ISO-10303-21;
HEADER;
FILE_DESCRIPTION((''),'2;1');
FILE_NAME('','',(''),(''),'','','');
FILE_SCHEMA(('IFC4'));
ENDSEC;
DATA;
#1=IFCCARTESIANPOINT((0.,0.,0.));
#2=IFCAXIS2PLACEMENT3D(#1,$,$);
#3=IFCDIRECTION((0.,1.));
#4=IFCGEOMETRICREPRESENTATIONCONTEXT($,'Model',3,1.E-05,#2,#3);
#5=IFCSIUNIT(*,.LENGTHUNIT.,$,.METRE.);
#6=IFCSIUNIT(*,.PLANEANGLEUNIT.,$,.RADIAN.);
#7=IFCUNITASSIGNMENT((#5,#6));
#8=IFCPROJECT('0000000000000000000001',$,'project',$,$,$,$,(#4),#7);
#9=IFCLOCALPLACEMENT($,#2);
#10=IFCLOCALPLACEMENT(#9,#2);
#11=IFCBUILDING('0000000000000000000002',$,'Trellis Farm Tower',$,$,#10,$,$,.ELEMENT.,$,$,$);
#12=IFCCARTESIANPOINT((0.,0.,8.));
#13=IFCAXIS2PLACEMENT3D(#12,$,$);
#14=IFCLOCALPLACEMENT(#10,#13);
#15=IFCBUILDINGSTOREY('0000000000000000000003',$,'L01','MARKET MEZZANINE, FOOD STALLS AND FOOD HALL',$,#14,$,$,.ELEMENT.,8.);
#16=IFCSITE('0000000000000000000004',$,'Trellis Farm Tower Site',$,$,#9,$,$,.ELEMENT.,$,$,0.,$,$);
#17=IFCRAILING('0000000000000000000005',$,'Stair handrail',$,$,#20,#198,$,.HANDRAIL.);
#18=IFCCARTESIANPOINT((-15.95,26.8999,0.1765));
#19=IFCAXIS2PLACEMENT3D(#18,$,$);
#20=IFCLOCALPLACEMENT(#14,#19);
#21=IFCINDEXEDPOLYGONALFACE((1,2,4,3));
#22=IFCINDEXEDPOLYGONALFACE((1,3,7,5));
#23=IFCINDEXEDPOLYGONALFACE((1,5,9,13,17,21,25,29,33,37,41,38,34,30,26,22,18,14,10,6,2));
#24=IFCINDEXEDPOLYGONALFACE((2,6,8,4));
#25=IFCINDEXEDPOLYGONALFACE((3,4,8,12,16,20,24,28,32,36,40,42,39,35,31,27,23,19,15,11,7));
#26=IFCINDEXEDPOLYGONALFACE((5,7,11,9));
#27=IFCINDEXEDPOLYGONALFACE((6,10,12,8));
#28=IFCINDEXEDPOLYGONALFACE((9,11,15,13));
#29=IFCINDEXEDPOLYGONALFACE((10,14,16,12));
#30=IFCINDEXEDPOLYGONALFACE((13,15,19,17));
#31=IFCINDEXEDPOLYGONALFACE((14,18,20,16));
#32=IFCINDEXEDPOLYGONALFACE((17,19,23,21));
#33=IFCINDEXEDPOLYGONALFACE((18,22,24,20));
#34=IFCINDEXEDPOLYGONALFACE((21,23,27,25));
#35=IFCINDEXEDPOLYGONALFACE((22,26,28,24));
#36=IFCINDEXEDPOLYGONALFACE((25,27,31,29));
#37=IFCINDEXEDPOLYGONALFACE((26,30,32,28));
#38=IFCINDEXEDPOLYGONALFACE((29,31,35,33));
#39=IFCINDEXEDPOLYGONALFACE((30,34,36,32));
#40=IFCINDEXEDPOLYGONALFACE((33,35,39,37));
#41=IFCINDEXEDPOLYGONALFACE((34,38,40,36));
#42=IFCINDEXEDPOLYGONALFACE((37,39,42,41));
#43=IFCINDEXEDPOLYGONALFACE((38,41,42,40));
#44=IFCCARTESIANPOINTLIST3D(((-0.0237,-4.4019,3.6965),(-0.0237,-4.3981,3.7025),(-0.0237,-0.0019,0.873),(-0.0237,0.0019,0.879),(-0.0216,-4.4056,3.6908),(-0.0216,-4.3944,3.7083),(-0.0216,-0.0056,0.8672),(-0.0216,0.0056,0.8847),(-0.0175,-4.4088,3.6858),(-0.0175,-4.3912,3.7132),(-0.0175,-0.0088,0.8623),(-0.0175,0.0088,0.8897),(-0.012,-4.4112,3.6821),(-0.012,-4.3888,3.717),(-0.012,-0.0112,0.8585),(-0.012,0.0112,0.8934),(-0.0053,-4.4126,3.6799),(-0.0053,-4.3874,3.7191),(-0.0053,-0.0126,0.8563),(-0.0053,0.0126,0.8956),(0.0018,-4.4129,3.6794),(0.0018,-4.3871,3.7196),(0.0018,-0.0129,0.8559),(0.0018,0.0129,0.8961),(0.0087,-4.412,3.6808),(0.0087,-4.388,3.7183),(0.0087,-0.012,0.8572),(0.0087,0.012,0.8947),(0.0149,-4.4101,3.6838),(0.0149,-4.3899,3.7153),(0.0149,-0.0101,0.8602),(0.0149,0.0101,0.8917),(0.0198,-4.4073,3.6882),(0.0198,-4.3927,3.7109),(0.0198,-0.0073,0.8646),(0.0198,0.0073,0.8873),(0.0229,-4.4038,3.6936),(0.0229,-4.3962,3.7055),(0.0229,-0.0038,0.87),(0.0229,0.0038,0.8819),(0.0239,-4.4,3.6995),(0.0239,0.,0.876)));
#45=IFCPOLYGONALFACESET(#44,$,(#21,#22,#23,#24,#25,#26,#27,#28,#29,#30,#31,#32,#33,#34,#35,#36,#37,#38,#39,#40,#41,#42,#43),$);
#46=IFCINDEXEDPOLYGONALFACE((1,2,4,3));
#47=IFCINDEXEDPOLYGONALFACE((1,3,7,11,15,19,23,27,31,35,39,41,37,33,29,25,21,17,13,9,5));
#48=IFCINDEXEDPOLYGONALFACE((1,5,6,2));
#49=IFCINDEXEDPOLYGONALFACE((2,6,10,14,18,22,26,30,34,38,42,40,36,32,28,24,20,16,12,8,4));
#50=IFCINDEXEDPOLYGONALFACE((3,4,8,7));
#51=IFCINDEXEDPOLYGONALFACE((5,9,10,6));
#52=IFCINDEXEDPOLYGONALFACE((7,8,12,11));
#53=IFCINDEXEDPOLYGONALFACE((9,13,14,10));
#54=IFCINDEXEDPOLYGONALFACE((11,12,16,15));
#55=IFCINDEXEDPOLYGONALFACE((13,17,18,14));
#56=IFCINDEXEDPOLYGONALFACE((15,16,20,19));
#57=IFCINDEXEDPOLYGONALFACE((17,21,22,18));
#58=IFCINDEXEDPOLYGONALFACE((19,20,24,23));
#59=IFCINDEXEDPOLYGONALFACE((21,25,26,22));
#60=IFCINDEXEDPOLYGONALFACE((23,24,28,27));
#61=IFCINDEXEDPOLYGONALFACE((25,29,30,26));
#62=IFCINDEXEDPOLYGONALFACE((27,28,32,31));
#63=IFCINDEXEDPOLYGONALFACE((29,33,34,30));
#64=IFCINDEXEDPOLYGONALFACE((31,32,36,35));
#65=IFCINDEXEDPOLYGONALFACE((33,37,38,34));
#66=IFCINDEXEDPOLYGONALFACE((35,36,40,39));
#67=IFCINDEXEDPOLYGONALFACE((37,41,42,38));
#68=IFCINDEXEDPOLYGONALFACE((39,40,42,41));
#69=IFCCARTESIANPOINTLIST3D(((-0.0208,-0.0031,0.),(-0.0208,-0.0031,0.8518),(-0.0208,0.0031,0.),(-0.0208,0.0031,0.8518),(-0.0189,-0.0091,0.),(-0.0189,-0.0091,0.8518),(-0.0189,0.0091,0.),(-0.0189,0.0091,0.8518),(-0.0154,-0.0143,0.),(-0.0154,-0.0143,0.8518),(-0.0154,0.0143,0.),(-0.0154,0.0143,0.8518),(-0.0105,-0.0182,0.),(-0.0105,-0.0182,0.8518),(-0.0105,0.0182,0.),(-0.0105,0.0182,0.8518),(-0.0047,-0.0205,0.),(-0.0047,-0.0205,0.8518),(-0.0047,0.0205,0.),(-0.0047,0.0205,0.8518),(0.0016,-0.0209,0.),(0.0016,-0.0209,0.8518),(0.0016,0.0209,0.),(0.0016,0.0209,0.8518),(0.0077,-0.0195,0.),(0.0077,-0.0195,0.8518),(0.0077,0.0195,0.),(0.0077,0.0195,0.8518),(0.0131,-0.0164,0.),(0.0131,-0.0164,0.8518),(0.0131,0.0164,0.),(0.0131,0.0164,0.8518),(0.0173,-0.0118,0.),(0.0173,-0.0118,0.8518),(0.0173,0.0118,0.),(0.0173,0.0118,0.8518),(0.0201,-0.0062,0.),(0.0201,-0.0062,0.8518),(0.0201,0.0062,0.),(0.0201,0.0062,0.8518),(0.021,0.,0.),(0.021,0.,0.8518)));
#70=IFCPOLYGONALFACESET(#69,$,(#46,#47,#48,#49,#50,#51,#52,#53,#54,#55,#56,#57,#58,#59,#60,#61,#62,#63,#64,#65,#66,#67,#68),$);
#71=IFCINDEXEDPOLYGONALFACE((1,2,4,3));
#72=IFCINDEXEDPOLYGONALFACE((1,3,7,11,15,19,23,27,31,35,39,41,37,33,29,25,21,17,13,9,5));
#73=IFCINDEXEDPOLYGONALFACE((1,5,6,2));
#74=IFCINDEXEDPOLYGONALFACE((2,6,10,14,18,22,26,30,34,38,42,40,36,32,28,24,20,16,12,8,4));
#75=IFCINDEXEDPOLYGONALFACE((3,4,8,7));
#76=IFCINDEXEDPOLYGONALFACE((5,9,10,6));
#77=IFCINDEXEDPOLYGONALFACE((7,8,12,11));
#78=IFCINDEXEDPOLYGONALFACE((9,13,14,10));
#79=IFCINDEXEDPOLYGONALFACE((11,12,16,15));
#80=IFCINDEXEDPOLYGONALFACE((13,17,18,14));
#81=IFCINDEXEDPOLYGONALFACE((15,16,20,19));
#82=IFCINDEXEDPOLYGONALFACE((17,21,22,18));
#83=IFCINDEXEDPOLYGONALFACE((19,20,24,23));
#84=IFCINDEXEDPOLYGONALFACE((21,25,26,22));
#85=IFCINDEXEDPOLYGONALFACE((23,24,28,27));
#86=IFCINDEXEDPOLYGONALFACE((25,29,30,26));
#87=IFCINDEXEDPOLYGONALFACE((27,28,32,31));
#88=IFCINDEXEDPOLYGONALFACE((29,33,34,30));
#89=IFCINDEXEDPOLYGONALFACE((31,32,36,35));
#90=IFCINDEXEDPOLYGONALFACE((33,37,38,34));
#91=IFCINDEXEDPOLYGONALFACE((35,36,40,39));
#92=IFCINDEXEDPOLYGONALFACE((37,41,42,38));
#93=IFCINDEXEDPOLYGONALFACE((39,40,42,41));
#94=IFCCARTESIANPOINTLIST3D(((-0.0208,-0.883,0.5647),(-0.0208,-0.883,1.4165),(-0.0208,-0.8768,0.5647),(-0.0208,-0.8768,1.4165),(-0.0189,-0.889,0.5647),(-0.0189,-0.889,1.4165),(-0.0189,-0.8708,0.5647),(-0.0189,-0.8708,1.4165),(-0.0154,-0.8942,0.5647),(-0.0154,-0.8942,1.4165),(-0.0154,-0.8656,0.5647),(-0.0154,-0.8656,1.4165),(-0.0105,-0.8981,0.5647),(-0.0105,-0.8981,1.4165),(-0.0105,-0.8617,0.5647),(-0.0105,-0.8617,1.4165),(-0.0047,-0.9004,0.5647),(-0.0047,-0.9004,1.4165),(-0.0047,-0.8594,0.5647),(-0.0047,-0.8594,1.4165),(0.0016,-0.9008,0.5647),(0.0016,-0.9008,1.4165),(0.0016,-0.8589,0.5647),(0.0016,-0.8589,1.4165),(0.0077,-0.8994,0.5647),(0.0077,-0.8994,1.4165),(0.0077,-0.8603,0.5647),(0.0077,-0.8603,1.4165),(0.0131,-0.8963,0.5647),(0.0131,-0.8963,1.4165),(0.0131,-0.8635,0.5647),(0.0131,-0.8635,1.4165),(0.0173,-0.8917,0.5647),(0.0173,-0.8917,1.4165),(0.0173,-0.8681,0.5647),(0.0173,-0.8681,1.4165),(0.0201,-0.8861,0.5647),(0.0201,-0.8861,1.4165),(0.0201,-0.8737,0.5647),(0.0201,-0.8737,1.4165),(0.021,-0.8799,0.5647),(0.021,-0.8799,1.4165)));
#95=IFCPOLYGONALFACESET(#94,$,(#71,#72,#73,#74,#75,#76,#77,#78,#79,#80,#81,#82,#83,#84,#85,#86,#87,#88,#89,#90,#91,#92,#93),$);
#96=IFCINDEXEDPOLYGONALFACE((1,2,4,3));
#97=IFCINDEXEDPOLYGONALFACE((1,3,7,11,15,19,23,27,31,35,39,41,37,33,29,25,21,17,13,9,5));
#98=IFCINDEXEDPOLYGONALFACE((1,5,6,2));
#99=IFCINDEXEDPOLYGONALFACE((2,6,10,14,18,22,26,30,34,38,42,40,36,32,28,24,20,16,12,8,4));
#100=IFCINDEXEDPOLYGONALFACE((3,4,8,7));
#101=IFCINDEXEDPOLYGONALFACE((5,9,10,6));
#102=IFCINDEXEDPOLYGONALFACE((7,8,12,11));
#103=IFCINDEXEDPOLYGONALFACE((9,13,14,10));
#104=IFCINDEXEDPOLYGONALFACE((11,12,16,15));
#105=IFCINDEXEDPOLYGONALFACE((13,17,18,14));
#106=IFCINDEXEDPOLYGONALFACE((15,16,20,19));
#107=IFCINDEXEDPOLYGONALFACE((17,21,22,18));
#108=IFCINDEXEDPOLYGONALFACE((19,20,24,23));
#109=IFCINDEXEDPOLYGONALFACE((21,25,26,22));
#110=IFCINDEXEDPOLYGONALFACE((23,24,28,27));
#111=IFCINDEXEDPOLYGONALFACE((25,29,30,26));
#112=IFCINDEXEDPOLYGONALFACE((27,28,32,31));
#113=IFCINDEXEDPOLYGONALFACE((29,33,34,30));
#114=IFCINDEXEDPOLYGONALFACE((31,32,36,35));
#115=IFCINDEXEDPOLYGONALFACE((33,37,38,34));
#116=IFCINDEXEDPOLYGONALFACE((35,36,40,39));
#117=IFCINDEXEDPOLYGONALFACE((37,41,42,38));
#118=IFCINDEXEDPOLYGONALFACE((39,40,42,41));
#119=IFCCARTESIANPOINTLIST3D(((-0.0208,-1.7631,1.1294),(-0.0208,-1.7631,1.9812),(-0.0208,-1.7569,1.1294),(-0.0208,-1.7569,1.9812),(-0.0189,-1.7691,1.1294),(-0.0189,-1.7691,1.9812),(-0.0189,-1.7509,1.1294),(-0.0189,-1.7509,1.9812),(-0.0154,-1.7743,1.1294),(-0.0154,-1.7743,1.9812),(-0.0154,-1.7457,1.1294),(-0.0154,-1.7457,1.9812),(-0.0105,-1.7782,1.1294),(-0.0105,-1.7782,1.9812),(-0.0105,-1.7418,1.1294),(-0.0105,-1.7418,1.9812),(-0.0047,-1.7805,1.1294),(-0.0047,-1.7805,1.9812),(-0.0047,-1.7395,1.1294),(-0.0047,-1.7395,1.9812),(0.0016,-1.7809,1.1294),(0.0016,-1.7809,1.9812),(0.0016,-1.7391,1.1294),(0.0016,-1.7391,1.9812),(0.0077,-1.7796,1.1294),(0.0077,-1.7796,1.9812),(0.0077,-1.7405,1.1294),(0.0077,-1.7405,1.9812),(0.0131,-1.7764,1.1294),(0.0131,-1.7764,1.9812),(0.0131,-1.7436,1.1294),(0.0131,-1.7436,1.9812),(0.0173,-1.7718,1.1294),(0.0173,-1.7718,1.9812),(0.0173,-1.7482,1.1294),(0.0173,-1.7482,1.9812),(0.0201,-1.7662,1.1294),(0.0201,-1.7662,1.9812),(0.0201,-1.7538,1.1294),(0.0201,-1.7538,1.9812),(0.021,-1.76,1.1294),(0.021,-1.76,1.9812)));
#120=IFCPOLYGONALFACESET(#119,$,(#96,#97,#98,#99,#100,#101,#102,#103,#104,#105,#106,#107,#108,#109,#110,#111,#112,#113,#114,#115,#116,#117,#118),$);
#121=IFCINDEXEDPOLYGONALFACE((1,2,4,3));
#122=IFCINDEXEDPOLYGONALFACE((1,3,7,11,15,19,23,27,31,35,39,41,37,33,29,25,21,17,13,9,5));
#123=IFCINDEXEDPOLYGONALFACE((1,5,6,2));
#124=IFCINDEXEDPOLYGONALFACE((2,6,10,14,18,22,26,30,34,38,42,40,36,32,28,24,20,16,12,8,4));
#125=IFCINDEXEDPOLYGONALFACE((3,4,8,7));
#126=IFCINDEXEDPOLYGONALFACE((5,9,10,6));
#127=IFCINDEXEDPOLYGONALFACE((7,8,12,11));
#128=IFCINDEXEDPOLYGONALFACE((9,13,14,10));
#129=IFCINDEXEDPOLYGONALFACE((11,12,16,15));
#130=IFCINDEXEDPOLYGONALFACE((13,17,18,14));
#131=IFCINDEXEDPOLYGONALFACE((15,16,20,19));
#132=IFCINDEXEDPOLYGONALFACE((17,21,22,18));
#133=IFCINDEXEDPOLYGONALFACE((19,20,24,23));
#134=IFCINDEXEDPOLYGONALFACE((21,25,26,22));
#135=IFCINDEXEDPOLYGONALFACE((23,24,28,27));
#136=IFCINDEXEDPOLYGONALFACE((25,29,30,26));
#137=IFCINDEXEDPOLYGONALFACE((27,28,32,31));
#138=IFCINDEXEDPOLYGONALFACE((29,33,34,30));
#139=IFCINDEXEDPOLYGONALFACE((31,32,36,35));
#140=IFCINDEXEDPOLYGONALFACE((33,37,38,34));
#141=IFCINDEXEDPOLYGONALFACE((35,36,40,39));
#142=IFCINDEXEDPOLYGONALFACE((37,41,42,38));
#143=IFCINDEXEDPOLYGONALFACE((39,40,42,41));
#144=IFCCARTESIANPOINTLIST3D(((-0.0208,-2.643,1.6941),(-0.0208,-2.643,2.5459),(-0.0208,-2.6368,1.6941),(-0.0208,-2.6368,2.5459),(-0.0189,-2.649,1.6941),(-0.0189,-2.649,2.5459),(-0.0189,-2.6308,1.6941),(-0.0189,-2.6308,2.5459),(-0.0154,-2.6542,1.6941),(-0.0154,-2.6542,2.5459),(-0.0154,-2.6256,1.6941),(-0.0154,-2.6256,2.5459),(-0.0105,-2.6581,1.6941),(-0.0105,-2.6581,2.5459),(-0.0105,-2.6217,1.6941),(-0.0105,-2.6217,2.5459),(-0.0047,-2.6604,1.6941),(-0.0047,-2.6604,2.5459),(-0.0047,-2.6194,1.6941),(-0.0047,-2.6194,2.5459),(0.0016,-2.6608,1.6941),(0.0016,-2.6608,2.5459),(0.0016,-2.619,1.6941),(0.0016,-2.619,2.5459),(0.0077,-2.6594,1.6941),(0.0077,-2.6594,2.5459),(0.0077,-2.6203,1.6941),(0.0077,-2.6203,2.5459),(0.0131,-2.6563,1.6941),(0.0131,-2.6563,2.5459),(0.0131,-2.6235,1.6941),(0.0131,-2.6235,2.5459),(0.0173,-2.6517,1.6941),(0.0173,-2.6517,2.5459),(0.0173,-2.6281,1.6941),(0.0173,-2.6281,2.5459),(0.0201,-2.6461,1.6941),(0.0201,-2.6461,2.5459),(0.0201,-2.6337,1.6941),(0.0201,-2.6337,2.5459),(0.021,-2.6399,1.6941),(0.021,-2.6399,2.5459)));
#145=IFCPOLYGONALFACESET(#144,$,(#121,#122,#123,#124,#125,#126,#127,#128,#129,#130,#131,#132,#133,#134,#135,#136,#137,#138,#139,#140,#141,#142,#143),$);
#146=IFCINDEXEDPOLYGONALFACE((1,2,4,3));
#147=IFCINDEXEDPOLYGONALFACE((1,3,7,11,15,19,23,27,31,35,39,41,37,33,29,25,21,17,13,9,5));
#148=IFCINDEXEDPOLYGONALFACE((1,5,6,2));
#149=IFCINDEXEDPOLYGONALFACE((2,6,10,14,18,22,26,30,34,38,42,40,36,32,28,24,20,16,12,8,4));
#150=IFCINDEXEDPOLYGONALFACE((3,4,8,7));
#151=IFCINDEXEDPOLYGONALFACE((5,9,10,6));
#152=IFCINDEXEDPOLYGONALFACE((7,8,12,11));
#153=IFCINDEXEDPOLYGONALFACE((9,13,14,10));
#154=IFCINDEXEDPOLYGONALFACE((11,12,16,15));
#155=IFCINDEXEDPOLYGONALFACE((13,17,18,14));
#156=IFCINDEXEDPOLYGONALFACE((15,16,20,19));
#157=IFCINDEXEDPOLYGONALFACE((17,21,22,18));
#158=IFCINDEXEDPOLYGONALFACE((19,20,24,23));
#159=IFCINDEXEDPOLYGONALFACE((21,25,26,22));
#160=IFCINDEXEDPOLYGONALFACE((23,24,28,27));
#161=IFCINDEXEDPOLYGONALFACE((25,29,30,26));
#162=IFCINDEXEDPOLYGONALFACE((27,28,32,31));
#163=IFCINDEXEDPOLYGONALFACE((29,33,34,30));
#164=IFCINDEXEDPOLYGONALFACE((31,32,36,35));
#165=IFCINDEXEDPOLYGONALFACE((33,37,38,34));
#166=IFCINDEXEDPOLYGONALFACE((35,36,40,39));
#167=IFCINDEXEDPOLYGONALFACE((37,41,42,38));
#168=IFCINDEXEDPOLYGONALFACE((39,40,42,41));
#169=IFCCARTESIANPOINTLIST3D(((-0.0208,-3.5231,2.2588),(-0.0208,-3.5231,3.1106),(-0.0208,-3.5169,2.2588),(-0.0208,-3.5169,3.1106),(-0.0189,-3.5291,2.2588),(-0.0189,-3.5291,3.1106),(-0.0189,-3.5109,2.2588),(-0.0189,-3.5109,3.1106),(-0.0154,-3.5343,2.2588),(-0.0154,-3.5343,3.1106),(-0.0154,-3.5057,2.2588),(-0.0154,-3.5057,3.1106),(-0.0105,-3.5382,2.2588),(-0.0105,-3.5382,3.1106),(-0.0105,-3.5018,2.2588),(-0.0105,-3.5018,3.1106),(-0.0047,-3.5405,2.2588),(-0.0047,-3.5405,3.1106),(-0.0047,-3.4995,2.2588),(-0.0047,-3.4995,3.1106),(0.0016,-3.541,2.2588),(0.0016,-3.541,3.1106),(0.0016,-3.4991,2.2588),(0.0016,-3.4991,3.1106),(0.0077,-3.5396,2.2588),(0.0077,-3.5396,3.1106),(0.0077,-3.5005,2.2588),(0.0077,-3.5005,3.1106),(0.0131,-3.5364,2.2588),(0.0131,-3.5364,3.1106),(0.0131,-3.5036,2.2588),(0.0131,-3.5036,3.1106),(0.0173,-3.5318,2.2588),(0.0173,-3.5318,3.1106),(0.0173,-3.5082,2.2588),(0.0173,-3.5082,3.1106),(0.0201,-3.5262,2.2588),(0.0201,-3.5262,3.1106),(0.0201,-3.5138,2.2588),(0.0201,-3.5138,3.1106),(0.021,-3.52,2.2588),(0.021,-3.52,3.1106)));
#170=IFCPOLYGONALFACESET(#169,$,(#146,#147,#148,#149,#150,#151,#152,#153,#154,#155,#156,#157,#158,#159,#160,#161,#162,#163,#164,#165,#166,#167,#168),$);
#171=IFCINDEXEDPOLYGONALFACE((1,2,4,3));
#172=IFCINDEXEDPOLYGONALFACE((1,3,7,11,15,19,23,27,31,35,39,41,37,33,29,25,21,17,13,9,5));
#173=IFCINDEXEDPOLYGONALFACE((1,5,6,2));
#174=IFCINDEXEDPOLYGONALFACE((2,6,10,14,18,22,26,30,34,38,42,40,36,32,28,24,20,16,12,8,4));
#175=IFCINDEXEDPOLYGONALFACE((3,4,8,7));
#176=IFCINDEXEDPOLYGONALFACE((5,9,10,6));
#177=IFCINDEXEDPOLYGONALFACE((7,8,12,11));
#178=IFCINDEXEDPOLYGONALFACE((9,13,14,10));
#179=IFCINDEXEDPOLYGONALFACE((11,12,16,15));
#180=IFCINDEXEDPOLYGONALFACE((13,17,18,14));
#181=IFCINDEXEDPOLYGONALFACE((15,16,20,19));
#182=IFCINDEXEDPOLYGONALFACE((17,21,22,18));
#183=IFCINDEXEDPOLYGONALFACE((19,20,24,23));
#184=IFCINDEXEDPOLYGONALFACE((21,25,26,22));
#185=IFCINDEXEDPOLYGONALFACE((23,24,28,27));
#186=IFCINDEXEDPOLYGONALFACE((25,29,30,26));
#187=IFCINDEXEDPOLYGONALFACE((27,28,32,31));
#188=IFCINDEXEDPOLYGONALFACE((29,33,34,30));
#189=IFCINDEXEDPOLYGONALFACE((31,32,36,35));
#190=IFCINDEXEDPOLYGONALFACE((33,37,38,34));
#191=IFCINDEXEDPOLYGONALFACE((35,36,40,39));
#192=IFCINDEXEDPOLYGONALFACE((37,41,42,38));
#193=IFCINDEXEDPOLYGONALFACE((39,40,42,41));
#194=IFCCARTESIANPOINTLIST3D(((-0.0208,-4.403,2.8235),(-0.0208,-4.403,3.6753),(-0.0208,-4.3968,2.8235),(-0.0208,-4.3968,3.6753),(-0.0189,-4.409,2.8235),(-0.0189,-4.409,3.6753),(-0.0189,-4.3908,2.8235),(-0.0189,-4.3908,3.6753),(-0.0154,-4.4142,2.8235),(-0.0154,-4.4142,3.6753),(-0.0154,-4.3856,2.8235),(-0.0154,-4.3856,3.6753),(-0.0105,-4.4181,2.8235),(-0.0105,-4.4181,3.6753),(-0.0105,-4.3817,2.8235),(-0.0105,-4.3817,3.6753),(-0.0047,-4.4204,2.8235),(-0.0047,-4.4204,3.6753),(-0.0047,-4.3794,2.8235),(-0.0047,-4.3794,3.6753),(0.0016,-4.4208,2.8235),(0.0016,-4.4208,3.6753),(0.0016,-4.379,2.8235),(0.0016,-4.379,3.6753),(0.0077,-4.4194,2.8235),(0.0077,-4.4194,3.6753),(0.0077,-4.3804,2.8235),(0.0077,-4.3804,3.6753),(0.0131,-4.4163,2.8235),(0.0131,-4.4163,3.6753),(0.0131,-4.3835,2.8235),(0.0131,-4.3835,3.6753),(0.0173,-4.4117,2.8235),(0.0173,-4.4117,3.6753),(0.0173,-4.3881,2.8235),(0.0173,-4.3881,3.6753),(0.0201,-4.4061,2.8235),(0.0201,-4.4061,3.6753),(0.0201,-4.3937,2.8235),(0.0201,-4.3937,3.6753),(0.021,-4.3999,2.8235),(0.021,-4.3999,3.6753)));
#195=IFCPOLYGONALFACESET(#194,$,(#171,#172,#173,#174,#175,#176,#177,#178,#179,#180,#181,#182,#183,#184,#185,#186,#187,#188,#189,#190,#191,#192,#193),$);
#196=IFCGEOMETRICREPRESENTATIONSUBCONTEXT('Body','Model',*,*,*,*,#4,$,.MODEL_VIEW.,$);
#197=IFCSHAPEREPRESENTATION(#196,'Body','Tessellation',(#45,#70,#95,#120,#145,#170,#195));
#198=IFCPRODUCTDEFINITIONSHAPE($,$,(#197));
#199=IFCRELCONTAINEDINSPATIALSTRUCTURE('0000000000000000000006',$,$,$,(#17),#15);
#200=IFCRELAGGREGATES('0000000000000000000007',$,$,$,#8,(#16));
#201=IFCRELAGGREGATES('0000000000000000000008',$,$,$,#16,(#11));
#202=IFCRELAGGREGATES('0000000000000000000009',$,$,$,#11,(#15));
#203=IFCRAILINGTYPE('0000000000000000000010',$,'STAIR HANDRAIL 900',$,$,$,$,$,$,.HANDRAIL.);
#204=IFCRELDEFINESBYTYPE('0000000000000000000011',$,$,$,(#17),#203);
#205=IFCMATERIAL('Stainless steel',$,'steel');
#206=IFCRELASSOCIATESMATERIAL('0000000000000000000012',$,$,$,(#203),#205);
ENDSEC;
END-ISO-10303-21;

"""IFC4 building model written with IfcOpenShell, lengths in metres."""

from ifc_helpers import new_model, si_unit, direction, frame, origin, origin_2d, place, context, subcontext, project, spatial, circle, extrude, source, transform, mapped, material, type_object, element, save


model = new_model("IFC4")

# Units and contexts
model_context = context("Model", 3, precision=1e-05, world=origin(), true_north=direction((0.0, 1.0)))
body_context = subcontext(model_context, "Body", "Model", "MODEL_VIEW")
ifc_project = project(units=[si_unit("LENGTHUNIT", "METRE"), si_unit("PLANEANGLEUNIT", "RADIAN")], contexts=[model_context])

# Site, building, storey
site_placement = place(None, origin())
site = spatial("IfcSite", under=ifc_project, at=site_placement, Name="Trellis Farm Tower Site", CompositionType="ELEMENT", RefElevation=0.0)
building_placement = place(site_placement, origin())
building = spatial("IfcBuilding", under=site, at=building_placement, Name="Trellis Farm Tower", CompositionType="ELEMENT")
storey_placement = place(building_placement, frame((0.0, 0.0, 8.0)))
storey = spatial("IfcBuildingStorey", under=building, at=storey_placement, Name="L01", Description="MARKET MEZZANINE, FOOD STALLS AND FOOD HALL", CompositionType="ELEMENT", Elevation=8.0)

# Railing
ifc_material_1 = material(Name="Stainless steel", Category="steel")
railing_type = type_object("IfcRailingType", Name="STAIR HANDRAIL 900", PredefinedType="HANDRAIL", material=ifc_material_1)
shared_shape_1 = source(origin(), body_context, "Body", "SweptSolid", [
    extrude(circle(Radius=0.0239, at=origin_2d()), frame((0.0, 0.0, 0.876), z_axis=(0.0, -0.841615, 0.540078), x_axis=(1.0, 0.0, 0.0)), (0.0, 0.0, 1.0), 5.228),
    extrude(circle(Radius=0.021, at=origin_2d()), origin(), (0.0, 0.0, 1.0), 0.8518),
    extrude(circle(Radius=0.021, at=origin_2d()), frame((0.0, -0.8799, 0.5647)), (0.0, 0.0, 1.0), 0.8518),
    extrude(circle(Radius=0.021, at=origin_2d()), frame((0.0, -1.76, 1.1294)), (0.0, 0.0, 1.0), 0.8518),
    extrude(circle(Radius=0.021, at=origin_2d()), frame((0.0, -2.6399, 1.6941)), (0.0, 0.0, 1.0), 0.8518),
    extrude(circle(Radius=0.021, at=origin_2d()), frame((0.0, -3.52, 2.2588)), (0.0, 0.0, 1.0), 0.8518),
    extrude(circle(Radius=0.021, at=origin_2d()), frame((0.0, -4.3999, 2.8235)), (0.0, 0.0, 1.0), 0.8518),
])
for number, where, name in (
    (1, (-15.95, 26.8999, 0.1765), "Stair handrail"),
):
    element("IfcRailing", number, at=place(storey_placement, frame(where)), inside=storey, type_object=railing_type, Name=name, PredefinedType="HANDRAIL", context=body_context, shape_type="MappedRepresentation", body=[
        mapped(shared_shape_1, transform((0.0, 0.0, 0.0))),
    ])

save(model, "model.ifc")
